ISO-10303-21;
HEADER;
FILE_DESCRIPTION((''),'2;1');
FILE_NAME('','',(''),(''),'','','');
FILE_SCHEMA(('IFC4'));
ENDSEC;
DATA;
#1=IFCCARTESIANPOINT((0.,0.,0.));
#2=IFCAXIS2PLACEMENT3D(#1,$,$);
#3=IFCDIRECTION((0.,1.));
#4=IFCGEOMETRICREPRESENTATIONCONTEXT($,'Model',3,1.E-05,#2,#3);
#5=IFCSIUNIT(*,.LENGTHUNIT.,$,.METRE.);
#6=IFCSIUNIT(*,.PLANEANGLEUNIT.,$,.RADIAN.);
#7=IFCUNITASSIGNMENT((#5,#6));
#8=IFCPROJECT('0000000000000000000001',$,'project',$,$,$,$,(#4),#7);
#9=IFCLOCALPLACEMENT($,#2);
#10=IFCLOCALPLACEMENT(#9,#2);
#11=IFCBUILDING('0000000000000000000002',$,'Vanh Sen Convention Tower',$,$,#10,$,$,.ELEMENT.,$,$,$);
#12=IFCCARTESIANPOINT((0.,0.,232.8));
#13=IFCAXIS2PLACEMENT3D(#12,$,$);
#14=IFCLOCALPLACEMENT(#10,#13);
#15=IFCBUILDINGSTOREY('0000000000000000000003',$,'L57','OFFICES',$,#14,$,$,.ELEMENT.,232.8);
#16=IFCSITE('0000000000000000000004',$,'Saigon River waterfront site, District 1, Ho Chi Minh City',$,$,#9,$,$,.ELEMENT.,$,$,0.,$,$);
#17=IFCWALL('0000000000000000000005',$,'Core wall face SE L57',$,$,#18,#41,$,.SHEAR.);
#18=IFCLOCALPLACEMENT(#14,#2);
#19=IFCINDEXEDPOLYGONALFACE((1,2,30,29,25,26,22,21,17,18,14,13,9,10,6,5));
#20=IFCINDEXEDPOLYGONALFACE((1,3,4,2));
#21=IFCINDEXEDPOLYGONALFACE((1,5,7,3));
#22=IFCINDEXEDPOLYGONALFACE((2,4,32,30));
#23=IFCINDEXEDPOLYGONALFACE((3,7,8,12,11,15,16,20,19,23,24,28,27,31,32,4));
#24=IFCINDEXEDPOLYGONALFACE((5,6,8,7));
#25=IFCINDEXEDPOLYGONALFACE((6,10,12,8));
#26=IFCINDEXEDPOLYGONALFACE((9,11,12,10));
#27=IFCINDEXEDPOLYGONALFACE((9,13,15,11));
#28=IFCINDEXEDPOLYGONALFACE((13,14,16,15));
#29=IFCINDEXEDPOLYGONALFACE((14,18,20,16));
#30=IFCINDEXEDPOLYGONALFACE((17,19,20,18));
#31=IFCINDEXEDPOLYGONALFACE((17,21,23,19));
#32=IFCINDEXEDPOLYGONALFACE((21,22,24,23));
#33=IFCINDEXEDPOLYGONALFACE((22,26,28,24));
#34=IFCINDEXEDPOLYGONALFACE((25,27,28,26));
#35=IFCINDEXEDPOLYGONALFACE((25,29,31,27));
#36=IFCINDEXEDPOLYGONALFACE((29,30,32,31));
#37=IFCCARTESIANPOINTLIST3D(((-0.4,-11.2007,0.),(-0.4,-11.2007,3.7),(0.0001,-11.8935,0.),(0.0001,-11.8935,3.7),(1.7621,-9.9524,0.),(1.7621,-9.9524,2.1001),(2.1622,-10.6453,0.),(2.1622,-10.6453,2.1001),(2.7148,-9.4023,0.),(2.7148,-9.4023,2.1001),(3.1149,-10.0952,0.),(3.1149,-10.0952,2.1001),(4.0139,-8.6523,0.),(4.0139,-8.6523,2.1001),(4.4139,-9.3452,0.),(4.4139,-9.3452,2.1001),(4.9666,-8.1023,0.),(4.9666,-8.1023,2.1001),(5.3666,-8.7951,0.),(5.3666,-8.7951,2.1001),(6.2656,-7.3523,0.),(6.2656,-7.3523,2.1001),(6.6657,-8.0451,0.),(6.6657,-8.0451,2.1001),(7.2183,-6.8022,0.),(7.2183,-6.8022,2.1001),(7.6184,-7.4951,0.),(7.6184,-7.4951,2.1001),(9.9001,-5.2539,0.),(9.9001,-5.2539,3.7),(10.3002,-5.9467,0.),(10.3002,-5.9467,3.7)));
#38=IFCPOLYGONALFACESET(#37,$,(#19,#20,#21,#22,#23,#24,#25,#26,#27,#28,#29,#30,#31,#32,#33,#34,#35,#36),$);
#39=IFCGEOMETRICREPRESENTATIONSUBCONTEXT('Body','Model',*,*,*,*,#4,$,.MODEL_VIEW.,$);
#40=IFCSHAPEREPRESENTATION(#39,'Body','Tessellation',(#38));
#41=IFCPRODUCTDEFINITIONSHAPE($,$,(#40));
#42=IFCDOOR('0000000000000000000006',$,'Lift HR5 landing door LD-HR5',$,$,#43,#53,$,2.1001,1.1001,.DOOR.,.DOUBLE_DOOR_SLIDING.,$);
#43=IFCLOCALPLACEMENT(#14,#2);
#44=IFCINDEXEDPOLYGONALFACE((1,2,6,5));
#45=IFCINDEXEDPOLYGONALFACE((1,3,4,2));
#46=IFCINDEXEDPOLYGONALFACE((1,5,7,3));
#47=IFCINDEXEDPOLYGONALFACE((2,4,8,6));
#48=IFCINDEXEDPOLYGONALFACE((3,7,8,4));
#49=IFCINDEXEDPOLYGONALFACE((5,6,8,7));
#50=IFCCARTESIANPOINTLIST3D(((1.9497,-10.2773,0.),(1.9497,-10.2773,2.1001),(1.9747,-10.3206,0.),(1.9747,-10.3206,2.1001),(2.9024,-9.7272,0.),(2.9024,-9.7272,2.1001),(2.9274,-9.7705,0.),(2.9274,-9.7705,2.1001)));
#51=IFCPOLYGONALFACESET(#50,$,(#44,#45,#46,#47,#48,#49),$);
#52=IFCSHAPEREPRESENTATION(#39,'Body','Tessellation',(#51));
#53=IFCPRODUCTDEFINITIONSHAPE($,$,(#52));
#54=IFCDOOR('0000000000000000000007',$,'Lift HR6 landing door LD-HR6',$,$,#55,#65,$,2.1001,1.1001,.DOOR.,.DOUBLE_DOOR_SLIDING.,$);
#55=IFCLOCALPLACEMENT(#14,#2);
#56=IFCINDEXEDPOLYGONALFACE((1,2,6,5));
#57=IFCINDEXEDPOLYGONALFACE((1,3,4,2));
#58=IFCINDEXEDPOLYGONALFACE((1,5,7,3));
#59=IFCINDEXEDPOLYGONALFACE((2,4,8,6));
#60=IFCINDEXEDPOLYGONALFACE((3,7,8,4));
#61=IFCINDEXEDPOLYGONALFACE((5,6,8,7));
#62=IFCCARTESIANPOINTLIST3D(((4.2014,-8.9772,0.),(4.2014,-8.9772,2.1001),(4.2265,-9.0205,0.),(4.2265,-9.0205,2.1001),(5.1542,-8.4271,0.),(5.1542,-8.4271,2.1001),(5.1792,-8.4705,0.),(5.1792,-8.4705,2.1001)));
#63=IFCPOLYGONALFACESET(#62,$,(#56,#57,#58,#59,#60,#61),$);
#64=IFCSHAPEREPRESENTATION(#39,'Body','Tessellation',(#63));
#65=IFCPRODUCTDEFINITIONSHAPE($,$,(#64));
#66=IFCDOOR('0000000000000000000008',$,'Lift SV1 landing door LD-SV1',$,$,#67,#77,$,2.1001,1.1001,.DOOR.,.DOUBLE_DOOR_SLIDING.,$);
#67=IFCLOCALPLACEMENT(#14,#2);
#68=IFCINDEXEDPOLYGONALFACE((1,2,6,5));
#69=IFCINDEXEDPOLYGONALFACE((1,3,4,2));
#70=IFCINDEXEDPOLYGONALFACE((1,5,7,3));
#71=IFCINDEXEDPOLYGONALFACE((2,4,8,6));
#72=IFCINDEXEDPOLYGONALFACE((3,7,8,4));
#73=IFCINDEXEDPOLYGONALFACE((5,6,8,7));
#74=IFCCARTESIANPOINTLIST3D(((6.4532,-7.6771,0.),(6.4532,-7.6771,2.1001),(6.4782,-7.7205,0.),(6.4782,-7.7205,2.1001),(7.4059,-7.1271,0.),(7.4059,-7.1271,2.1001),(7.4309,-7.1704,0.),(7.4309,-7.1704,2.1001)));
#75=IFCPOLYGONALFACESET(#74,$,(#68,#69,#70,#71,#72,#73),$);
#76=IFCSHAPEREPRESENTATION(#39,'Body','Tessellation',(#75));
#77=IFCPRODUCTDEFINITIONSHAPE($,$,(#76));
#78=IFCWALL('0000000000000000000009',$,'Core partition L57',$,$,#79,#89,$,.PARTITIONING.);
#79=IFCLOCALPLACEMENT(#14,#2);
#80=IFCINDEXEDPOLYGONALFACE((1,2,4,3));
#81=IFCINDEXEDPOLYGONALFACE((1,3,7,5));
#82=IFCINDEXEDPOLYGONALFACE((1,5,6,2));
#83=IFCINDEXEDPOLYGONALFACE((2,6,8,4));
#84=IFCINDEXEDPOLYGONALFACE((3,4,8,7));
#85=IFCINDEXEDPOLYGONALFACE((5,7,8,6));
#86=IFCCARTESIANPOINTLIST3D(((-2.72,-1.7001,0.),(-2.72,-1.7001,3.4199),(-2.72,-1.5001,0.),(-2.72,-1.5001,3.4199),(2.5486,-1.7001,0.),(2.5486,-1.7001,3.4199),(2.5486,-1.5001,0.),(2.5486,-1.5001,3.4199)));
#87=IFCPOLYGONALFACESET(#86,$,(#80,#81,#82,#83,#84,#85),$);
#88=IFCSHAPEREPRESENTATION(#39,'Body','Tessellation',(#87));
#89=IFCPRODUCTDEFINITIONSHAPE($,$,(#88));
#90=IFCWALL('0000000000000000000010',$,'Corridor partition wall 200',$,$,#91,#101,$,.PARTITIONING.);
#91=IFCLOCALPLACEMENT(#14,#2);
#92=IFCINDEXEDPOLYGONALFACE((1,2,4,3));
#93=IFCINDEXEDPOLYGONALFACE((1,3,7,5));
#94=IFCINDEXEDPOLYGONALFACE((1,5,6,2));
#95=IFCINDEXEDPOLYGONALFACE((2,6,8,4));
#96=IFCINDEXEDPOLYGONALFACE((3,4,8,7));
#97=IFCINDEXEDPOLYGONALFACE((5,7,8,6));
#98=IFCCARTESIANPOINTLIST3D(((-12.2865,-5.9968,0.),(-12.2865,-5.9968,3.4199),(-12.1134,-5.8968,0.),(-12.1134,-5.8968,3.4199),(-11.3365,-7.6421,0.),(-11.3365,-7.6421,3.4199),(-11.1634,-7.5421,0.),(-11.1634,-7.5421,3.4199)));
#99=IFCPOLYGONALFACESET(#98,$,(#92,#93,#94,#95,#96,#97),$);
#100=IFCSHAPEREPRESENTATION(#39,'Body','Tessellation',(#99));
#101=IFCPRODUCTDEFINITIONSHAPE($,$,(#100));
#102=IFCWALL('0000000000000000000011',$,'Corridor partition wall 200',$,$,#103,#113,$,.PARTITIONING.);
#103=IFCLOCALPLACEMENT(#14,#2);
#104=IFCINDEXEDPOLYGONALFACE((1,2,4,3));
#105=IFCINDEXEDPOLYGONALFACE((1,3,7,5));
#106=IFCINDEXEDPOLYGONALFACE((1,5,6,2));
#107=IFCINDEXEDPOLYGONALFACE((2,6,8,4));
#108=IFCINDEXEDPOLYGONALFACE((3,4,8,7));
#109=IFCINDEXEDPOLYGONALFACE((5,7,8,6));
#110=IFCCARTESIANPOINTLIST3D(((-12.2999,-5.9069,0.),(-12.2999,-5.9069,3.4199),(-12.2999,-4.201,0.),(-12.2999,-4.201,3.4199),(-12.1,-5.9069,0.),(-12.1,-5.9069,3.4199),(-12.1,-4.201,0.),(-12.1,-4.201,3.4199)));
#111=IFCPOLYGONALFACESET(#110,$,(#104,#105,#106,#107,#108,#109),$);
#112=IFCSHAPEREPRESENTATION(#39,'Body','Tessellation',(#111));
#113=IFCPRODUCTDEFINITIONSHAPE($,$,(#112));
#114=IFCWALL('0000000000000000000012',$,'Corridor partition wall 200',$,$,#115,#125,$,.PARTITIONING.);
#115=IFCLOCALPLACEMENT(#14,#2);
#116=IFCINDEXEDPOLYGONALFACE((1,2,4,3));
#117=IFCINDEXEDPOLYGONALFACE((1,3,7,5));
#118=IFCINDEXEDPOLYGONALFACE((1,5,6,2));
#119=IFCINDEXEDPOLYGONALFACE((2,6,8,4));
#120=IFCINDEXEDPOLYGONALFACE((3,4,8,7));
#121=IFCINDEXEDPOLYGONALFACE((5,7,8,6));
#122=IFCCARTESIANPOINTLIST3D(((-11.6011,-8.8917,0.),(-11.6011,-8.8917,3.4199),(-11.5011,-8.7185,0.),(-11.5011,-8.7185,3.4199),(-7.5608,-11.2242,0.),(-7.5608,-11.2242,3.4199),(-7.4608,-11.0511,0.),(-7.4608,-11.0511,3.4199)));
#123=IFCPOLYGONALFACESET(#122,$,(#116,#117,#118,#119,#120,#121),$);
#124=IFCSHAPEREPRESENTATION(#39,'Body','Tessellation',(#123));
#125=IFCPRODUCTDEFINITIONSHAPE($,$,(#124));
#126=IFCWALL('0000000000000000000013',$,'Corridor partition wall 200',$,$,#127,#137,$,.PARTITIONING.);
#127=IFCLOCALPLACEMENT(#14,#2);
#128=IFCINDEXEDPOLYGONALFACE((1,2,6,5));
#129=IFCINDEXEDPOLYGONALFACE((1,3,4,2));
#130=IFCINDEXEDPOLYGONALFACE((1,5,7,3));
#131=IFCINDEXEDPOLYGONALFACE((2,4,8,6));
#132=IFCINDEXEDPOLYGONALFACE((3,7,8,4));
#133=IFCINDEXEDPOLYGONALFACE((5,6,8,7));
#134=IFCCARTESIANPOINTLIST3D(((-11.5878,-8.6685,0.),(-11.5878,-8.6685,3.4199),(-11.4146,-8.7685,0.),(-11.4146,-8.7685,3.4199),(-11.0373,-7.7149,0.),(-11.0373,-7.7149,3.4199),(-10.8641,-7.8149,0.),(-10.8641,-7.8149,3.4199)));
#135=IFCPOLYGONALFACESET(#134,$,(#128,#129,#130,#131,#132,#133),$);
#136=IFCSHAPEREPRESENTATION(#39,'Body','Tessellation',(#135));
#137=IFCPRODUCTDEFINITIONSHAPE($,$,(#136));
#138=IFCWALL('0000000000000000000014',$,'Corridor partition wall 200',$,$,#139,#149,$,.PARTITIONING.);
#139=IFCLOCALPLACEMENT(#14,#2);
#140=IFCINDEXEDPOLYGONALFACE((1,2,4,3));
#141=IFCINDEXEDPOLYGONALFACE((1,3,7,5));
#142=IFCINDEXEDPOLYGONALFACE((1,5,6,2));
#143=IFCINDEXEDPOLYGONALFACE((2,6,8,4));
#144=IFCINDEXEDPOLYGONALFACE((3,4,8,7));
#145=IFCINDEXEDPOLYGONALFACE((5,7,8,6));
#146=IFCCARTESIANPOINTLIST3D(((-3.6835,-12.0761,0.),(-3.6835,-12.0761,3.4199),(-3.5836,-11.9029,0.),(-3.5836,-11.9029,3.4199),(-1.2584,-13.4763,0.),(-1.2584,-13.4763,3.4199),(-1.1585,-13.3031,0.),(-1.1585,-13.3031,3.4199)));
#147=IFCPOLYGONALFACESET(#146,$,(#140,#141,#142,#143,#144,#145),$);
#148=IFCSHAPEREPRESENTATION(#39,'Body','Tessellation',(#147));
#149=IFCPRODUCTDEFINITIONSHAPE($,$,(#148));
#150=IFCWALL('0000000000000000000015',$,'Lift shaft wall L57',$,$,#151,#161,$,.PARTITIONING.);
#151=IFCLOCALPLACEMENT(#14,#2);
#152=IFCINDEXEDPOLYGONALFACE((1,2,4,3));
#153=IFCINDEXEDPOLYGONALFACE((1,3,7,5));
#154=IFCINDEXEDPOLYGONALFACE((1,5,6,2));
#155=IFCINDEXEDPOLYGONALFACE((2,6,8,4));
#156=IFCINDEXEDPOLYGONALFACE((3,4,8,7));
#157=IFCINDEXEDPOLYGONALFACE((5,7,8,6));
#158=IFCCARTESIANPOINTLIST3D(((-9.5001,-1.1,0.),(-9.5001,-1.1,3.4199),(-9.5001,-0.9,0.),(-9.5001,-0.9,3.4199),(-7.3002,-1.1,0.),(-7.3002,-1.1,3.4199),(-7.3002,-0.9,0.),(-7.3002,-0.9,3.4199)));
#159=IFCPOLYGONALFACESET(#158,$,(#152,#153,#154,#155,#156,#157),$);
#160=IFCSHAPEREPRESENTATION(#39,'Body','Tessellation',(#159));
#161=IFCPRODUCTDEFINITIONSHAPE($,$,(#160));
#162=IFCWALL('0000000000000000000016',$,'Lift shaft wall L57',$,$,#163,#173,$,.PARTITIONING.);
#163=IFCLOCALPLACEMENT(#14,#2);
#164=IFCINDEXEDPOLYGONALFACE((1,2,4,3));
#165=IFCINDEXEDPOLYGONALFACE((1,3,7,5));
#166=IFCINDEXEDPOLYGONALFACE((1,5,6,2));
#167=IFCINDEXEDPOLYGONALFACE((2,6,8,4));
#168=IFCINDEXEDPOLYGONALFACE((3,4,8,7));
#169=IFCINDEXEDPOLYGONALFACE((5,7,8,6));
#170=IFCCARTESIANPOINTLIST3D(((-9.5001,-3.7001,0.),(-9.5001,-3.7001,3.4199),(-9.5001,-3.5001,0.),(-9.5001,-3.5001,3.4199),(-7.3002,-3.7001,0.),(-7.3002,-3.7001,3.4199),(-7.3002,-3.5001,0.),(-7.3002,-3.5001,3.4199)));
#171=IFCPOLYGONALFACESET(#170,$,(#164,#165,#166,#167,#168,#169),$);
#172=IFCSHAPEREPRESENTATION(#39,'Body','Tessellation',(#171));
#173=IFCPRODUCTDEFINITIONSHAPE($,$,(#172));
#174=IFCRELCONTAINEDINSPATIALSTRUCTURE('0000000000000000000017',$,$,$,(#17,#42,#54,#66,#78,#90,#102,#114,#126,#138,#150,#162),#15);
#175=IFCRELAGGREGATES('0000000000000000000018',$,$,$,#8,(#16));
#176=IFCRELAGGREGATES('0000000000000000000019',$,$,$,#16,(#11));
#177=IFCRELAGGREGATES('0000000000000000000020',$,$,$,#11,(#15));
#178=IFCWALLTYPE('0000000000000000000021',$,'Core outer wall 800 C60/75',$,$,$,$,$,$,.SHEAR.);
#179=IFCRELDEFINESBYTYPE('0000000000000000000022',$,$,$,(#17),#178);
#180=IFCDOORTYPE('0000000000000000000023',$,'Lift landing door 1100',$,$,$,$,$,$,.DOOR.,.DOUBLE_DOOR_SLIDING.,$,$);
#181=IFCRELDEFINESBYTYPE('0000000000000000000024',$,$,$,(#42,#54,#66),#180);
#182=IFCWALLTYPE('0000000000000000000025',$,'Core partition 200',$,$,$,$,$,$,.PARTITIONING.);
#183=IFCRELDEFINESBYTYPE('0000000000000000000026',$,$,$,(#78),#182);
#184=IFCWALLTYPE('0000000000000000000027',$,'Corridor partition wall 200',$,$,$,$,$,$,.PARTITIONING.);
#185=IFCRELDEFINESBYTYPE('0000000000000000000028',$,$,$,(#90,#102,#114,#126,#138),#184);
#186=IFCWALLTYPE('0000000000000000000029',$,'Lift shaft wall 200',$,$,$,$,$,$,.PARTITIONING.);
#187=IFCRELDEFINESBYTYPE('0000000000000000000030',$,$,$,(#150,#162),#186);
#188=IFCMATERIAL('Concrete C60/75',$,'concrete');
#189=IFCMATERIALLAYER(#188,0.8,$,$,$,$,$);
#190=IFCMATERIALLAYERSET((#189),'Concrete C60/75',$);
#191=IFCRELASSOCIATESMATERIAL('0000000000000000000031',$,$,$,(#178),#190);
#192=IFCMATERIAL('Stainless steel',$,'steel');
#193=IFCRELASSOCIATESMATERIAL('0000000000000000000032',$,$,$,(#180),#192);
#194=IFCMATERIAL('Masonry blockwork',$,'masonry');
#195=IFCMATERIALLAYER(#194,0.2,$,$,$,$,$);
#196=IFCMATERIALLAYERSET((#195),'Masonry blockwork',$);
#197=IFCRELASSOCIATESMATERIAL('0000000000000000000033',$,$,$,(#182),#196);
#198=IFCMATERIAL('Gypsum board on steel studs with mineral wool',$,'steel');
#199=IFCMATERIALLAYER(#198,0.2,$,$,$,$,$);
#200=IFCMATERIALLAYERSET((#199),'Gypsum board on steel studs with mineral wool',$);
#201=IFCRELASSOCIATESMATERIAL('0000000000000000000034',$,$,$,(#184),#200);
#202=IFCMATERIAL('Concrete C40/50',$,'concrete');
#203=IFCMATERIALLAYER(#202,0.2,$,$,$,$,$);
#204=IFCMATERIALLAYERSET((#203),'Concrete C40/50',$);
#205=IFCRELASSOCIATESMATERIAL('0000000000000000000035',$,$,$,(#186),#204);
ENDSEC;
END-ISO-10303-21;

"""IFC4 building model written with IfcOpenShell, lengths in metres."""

from ifc_helpers import new_model, si_unit, direction, frame, frame_2d, origin, place, context, subcontext, project, spatial, rectangle, extrude, material, layer, layer_set, type_object, element, fill, save


model = new_model("IFC4")

# Units and contexts
model_context = context("Model", 3, precision=1e-05, world=origin(), true_north=direction((0.0, 1.0)))
body_context = subcontext(model_context, "Body", "Model", "MODEL_VIEW")
ifc_project = project(units=[si_unit("LENGTHUNIT", "METRE"), si_unit("PLANEANGLEUNIT", "RADIAN")], contexts=[model_context])

# Site, building, storey
site_placement = place(None, origin())
site = spatial("IfcSite", under=ifc_project, at=site_placement, Name="Saigon River waterfront site, District 1, Ho Chi Minh City", CompositionType="ELEMENT", RefElevation=0.0)
building_placement = place(site_placement, origin())
building = spatial("IfcBuilding", under=site, at=building_placement, Name="Vanh Sen Convention Tower", CompositionType="ELEMENT")
storey_placement = place(building_placement, frame((0.0, 0.0, 232.8)))
storey = spatial("IfcBuildingStorey", under=building, at=storey_placement, Name="L57", Description="OFFICES", CompositionType="ELEMENT", Elevation=232.8)

# Shared definitions
ifc_material_1 = material(Name="Concrete C40/50", Category="concrete")

# Wall, openings, doors
ifc_material_2 = material(Name="Concrete C60/75", Category="concrete")
ifc_layer_1 = layer(ifc_material_2, 0.8)
ifc_layer_set_1 = layer_set([ifc_layer_1], Name="Concrete C60/75")
wall_type_1 = type_object("IfcWallType", Name="Core outer wall 800 C60/75", PredefinedType="SHEAR", material=ifc_layer_set_1)
ifc_material_3 = material(Name="Stainless steel", Category="steel")
door_type_1 = type_object("IfcDoorType", Name="Lift landing door 1100", OperationType="DOUBLE_DOOR_SLIDING", PredefinedType="DOOR", material=ifc_material_3)
wall_1_placement = place(storey_placement, frame((-0.2, -11.5471, 0.0), z_axis=(0.0, 0.0, 1.0), x_axis=(0.866024, 0.500003, 0.0)))
wall_1 = element("IfcWall", 1, at=wall_1_placement, inside=storey, type_object=wall_type_1, Name="Core wall face SE L57", PredefinedType="SHEAR", context=body_context, shape_type="SweptSolid", body=[
    extrude(rectangle(XDim=11.8936, YDim=0.8, at=frame_2d((5.9468, 0.0))), origin(), (0.0, 0.0, 1.0), 3.7),
])
opening_1_placement = place(wall_1_placement, frame((2.4966, 0.0, 0.0)))
opening_1 = element("IfcOpeningElement", 2, at=opening_1_placement, cuts=wall_1, PredefinedType="OPENING", context=body_context, shape_type="SweptSolid", body=[
    extrude(rectangle(XDim=1.1001, YDim=2.1001, at=frame_2d((0.55, 1.05))), frame((0.0, 0.4099, 0.0), z_axis=(0.0, -1.0, 0.0), x_axis=(1.0, 0.0, 0.0)), (0.0, 0.0, 1.0), 0.8201),
])
opening_2_placement = place(wall_1_placement, frame((5.0967, 0.0, 0.0)))
opening_2 = element("IfcOpeningElement", 3, at=opening_2_placement, cuts=wall_1, PredefinedType="OPENING", context=body_context, shape_type="SweptSolid", body=[
    extrude(rectangle(XDim=1.1001, YDim=2.1001, at=frame_2d((0.55, 1.05))), frame((0.0, 0.4099, 0.0), z_axis=(0.0, -1.0, 0.0), x_axis=(1.0, 0.0, 0.0)), (0.0, 0.0, 1.0), 0.8201),
])
opening_3_placement = place(wall_1_placement, frame((7.6968, 0.0, 0.0)))
opening_3 = element("IfcOpeningElement", 4, at=opening_3_placement, cuts=wall_1, PredefinedType="OPENING", context=body_context, shape_type="SweptSolid", body=[
    extrude(rectangle(XDim=1.1001, YDim=2.1001, at=frame_2d((0.55, 1.05))), frame((0.0, 0.4099, 0.0), z_axis=(0.0, -1.0, 0.0), x_axis=(1.0, 0.0, 0.0)), (0.0, 0.0, 1.0), 0.8201),
])
door_1_placement = place(opening_1_placement, origin())
door_1 = element("IfcDoor", 5, at=door_1_placement, inside=storey, type_object=door_type_1, Name="Lift HR5 landing door LD-HR5", OperationType="DOUBLE_DOOR_SLIDING", OverallHeight=2.1001, OverallWidth=1.1001, PredefinedType="DOOR", context=body_context, shape_type="SweptSolid", body=[
    extrude(rectangle(XDim=1.1001, YDim=2.1001, at=frame_2d((0.55, 1.05))), frame((0.0, 0.0249, 0.0), z_axis=(0.0, -1.0, 0.0), x_axis=(1.0, 0.0, 0.0)), (0.0, 0.0, 1.0), 0.05),
])
fill(opening_1, door_1)
door_2_placement = place(opening_2_placement, origin())
door_2 = element("IfcDoor", 6, at=door_2_placement, inside=storey, type_object=door_type_1, Name="Lift HR6 landing door LD-HR6", OperationType="DOUBLE_DOOR_SLIDING", OverallHeight=2.1001, OverallWidth=1.1001, PredefinedType="DOOR", context=body_context, shape_type="SweptSolid", body=[
    extrude(rectangle(XDim=1.1001, YDim=2.1001, at=frame_2d((0.55, 1.05))), frame((0.0, 0.0249, 0.0), z_axis=(0.0, -1.0, 0.0), x_axis=(1.0, 0.0, 0.0)), (0.0, 0.0, 1.0), 0.05),
])
fill(opening_2, door_2)
door_3_placement = place(opening_3_placement, origin())
door_3 = element("IfcDoor", 7, at=door_3_placement, inside=storey, type_object=door_type_1, Name="Lift SV1 landing door LD-SV1", OperationType="DOUBLE_DOOR_SLIDING", OverallHeight=2.1001, OverallWidth=1.1001, PredefinedType="DOOR", context=body_context, shape_type="SweptSolid", body=[
    extrude(rectangle(XDim=1.1001, YDim=2.1001, at=frame_2d((0.55, 1.05))), frame((0.0, 0.0249, 0.0), z_axis=(0.0, -1.0, 0.0), x_axis=(1.0, 0.0, 0.0)), (0.0, 0.0, 1.0), 0.05),
])
fill(opening_3, door_3)

# Walls
ifc_material_4 = material(Name="Masonry blockwork", Category="masonry")
ifc_layer_2 = layer(ifc_material_4, 0.2)
ifc_layer_set_2 = layer_set([ifc_layer_2], Name="Masonry blockwork")
wall_type_2 = type_object("IfcWallType", Name="Core partition 200", PredefinedType="PARTITIONING", material=ifc_layer_set_2)
wall_2_placement = place(storey_placement, frame((-2.72, -1.6001, 0.0), z_axis=(0.0, 0.0, 1.0), x_axis=(1.0, 0.0, 0.0)))
element("IfcWall", 8, at=wall_2_placement, inside=storey, type_object=wall_type_2, Name="Core partition L57", PredefinedType="PARTITIONING", context=body_context, shape_type="SweptSolid", body=[
    extrude(rectangle(XDim=5.2686, YDim=0.2, at=frame_2d((2.6343, 0.0))), origin(), (0.0, 0.0, 1.0), 3.4199),
])
ifc_material_5 = material(Name="Gypsum board on steel studs with mineral wool", Category="steel")
ifc_layer_3 = layer(ifc_material_5, 0.2)
ifc_layer_set_3 = layer_set([ifc_layer_3], Name="Gypsum board on steel studs with mineral wool")
wall_type_3 = type_object("IfcWallType", Name="Corridor partition wall 200", PredefinedType="PARTITIONING", material=ifc_layer_set_3)
wall_3_placement = place(storey_placement, frame((-12.2, -5.9468, 0.0), z_axis=(0.0, 0.0, 1.0), x_axis=(0.500023, -0.866012, 0.0)))
element("IfcWall", 9, at=wall_3_placement, inside=storey, type_object=wall_type_3, Name="Corridor partition wall 200", PredefinedType="PARTITIONING", context=body_context, shape_type="SweptSolid", body=[
    extrude(rectangle(XDim=1.8999, YDim=0.2, at=frame_2d((0.95, 0.0))), origin(), (0.0, 0.0, 1.0), 3.4199),
])
wall_4_placement = place(storey_placement, frame((-12.2, -4.2009, 0.0), z_axis=(0.0, 0.0, 1.0), x_axis=(0.0, -1.0, 0.0)))
element("IfcWall", 10, at=wall_4_placement, inside=storey, type_object=wall_type_3, Name="Corridor partition wall 200", PredefinedType="PARTITIONING", context=body_context, shape_type="SweptSolid", body=[
    extrude(rectangle(XDim=1.7058, YDim=0.2, at=frame_2d((0.853, 0.0))), origin(), (0.0, 0.0, 1.0), 3.4199),
])
wall_5_placement = place(storey_placement, frame((-11.551, -8.8052, 0.0), z_axis=(0.0, 0.0, 1.0), x_axis=(0.866038, -0.499978, 0.0)))
element("IfcWall", 11, at=wall_5_placement, inside=storey, type_object=wall_type_3, Name="Corridor partition wall 200", PredefinedType="PARTITIONING", context=body_context, shape_type="SweptSolid", body=[
    extrude(rectangle(XDim=4.6653, YDim=0.2, at=frame_2d((2.3325, 0.0))), origin(), (0.0, 0.0, 1.0), 3.4199),
])
wall_6_placement = place(storey_placement, frame((-10.9507, -7.7649, 0.0), z_axis=(0.0, 0.0, 1.0), x_axis=(-0.499978, -0.866038, 0.0)))
element("IfcWall", 12, at=wall_6_placement, inside=storey, type_object=wall_type_3, Name="Corridor partition wall 200", PredefinedType="PARTITIONING", context=body_context, shape_type="SweptSolid", body=[
    extrude(rectangle(XDim=1.1011, YDim=0.2, at=frame_2d((0.5505, 0.0))), origin(), (0.0, 0.0, 1.0), 3.4199),
])
wall_7_placement = place(storey_placement, frame((-3.6335, -11.9895, 0.0), z_axis=(0.0, 0.0, 1.0), x_axis=(0.866019, -0.500012, 0.0)))
element("IfcWall", 13, at=wall_7_placement, inside=storey, type_object=wall_type_3, Name="Corridor partition wall 200", PredefinedType="PARTITIONING", context=body_context, shape_type="SweptSolid", body=[
    extrude(rectangle(XDim=2.8003, YDim=0.2, at=frame_2d((1.4001, 0.0))), origin(), (0.0, 0.0, 1.0), 3.4199),
])
ifc_layer_4 = layer(ifc_material_1, 0.2)
ifc_layer_set_4 = layer_set([ifc_layer_4], Name="Concrete C40/50")
wall_type_4 = type_object("IfcWallType", Name="Lift shaft wall 200", PredefinedType="PARTITIONING", material=ifc_layer_set_4)
for number, where, z_axis, x_axis, name in (
    (14, (-7.3, -1.0, 0.0), (0.0, 0.0, 1.0), (-1.0, 0.0, 0.0), "Lift shaft wall L57"),
    (15, (-7.3, -3.6001, 0.0), (0.0, 0.0, 1.0), (-1.0, 0.0, 0.0), "Lift shaft wall L57"),
):
    element("IfcWall", number, at=place(storey_placement, frame(where, z_axis=z_axis, x_axis=x_axis)), inside=storey, type_object=wall_type_4, Name=name, PredefinedType="PARTITIONING", context=body_context, shape_type="SweptSolid", body=[
        extrude(rectangle(XDim=2.2, YDim=0.2, at=frame_2d((1.1001, 0.0))), origin(), (0.0, 0.0, 1.0), 3.4199),
    ])

save(model, "model.ifc")
